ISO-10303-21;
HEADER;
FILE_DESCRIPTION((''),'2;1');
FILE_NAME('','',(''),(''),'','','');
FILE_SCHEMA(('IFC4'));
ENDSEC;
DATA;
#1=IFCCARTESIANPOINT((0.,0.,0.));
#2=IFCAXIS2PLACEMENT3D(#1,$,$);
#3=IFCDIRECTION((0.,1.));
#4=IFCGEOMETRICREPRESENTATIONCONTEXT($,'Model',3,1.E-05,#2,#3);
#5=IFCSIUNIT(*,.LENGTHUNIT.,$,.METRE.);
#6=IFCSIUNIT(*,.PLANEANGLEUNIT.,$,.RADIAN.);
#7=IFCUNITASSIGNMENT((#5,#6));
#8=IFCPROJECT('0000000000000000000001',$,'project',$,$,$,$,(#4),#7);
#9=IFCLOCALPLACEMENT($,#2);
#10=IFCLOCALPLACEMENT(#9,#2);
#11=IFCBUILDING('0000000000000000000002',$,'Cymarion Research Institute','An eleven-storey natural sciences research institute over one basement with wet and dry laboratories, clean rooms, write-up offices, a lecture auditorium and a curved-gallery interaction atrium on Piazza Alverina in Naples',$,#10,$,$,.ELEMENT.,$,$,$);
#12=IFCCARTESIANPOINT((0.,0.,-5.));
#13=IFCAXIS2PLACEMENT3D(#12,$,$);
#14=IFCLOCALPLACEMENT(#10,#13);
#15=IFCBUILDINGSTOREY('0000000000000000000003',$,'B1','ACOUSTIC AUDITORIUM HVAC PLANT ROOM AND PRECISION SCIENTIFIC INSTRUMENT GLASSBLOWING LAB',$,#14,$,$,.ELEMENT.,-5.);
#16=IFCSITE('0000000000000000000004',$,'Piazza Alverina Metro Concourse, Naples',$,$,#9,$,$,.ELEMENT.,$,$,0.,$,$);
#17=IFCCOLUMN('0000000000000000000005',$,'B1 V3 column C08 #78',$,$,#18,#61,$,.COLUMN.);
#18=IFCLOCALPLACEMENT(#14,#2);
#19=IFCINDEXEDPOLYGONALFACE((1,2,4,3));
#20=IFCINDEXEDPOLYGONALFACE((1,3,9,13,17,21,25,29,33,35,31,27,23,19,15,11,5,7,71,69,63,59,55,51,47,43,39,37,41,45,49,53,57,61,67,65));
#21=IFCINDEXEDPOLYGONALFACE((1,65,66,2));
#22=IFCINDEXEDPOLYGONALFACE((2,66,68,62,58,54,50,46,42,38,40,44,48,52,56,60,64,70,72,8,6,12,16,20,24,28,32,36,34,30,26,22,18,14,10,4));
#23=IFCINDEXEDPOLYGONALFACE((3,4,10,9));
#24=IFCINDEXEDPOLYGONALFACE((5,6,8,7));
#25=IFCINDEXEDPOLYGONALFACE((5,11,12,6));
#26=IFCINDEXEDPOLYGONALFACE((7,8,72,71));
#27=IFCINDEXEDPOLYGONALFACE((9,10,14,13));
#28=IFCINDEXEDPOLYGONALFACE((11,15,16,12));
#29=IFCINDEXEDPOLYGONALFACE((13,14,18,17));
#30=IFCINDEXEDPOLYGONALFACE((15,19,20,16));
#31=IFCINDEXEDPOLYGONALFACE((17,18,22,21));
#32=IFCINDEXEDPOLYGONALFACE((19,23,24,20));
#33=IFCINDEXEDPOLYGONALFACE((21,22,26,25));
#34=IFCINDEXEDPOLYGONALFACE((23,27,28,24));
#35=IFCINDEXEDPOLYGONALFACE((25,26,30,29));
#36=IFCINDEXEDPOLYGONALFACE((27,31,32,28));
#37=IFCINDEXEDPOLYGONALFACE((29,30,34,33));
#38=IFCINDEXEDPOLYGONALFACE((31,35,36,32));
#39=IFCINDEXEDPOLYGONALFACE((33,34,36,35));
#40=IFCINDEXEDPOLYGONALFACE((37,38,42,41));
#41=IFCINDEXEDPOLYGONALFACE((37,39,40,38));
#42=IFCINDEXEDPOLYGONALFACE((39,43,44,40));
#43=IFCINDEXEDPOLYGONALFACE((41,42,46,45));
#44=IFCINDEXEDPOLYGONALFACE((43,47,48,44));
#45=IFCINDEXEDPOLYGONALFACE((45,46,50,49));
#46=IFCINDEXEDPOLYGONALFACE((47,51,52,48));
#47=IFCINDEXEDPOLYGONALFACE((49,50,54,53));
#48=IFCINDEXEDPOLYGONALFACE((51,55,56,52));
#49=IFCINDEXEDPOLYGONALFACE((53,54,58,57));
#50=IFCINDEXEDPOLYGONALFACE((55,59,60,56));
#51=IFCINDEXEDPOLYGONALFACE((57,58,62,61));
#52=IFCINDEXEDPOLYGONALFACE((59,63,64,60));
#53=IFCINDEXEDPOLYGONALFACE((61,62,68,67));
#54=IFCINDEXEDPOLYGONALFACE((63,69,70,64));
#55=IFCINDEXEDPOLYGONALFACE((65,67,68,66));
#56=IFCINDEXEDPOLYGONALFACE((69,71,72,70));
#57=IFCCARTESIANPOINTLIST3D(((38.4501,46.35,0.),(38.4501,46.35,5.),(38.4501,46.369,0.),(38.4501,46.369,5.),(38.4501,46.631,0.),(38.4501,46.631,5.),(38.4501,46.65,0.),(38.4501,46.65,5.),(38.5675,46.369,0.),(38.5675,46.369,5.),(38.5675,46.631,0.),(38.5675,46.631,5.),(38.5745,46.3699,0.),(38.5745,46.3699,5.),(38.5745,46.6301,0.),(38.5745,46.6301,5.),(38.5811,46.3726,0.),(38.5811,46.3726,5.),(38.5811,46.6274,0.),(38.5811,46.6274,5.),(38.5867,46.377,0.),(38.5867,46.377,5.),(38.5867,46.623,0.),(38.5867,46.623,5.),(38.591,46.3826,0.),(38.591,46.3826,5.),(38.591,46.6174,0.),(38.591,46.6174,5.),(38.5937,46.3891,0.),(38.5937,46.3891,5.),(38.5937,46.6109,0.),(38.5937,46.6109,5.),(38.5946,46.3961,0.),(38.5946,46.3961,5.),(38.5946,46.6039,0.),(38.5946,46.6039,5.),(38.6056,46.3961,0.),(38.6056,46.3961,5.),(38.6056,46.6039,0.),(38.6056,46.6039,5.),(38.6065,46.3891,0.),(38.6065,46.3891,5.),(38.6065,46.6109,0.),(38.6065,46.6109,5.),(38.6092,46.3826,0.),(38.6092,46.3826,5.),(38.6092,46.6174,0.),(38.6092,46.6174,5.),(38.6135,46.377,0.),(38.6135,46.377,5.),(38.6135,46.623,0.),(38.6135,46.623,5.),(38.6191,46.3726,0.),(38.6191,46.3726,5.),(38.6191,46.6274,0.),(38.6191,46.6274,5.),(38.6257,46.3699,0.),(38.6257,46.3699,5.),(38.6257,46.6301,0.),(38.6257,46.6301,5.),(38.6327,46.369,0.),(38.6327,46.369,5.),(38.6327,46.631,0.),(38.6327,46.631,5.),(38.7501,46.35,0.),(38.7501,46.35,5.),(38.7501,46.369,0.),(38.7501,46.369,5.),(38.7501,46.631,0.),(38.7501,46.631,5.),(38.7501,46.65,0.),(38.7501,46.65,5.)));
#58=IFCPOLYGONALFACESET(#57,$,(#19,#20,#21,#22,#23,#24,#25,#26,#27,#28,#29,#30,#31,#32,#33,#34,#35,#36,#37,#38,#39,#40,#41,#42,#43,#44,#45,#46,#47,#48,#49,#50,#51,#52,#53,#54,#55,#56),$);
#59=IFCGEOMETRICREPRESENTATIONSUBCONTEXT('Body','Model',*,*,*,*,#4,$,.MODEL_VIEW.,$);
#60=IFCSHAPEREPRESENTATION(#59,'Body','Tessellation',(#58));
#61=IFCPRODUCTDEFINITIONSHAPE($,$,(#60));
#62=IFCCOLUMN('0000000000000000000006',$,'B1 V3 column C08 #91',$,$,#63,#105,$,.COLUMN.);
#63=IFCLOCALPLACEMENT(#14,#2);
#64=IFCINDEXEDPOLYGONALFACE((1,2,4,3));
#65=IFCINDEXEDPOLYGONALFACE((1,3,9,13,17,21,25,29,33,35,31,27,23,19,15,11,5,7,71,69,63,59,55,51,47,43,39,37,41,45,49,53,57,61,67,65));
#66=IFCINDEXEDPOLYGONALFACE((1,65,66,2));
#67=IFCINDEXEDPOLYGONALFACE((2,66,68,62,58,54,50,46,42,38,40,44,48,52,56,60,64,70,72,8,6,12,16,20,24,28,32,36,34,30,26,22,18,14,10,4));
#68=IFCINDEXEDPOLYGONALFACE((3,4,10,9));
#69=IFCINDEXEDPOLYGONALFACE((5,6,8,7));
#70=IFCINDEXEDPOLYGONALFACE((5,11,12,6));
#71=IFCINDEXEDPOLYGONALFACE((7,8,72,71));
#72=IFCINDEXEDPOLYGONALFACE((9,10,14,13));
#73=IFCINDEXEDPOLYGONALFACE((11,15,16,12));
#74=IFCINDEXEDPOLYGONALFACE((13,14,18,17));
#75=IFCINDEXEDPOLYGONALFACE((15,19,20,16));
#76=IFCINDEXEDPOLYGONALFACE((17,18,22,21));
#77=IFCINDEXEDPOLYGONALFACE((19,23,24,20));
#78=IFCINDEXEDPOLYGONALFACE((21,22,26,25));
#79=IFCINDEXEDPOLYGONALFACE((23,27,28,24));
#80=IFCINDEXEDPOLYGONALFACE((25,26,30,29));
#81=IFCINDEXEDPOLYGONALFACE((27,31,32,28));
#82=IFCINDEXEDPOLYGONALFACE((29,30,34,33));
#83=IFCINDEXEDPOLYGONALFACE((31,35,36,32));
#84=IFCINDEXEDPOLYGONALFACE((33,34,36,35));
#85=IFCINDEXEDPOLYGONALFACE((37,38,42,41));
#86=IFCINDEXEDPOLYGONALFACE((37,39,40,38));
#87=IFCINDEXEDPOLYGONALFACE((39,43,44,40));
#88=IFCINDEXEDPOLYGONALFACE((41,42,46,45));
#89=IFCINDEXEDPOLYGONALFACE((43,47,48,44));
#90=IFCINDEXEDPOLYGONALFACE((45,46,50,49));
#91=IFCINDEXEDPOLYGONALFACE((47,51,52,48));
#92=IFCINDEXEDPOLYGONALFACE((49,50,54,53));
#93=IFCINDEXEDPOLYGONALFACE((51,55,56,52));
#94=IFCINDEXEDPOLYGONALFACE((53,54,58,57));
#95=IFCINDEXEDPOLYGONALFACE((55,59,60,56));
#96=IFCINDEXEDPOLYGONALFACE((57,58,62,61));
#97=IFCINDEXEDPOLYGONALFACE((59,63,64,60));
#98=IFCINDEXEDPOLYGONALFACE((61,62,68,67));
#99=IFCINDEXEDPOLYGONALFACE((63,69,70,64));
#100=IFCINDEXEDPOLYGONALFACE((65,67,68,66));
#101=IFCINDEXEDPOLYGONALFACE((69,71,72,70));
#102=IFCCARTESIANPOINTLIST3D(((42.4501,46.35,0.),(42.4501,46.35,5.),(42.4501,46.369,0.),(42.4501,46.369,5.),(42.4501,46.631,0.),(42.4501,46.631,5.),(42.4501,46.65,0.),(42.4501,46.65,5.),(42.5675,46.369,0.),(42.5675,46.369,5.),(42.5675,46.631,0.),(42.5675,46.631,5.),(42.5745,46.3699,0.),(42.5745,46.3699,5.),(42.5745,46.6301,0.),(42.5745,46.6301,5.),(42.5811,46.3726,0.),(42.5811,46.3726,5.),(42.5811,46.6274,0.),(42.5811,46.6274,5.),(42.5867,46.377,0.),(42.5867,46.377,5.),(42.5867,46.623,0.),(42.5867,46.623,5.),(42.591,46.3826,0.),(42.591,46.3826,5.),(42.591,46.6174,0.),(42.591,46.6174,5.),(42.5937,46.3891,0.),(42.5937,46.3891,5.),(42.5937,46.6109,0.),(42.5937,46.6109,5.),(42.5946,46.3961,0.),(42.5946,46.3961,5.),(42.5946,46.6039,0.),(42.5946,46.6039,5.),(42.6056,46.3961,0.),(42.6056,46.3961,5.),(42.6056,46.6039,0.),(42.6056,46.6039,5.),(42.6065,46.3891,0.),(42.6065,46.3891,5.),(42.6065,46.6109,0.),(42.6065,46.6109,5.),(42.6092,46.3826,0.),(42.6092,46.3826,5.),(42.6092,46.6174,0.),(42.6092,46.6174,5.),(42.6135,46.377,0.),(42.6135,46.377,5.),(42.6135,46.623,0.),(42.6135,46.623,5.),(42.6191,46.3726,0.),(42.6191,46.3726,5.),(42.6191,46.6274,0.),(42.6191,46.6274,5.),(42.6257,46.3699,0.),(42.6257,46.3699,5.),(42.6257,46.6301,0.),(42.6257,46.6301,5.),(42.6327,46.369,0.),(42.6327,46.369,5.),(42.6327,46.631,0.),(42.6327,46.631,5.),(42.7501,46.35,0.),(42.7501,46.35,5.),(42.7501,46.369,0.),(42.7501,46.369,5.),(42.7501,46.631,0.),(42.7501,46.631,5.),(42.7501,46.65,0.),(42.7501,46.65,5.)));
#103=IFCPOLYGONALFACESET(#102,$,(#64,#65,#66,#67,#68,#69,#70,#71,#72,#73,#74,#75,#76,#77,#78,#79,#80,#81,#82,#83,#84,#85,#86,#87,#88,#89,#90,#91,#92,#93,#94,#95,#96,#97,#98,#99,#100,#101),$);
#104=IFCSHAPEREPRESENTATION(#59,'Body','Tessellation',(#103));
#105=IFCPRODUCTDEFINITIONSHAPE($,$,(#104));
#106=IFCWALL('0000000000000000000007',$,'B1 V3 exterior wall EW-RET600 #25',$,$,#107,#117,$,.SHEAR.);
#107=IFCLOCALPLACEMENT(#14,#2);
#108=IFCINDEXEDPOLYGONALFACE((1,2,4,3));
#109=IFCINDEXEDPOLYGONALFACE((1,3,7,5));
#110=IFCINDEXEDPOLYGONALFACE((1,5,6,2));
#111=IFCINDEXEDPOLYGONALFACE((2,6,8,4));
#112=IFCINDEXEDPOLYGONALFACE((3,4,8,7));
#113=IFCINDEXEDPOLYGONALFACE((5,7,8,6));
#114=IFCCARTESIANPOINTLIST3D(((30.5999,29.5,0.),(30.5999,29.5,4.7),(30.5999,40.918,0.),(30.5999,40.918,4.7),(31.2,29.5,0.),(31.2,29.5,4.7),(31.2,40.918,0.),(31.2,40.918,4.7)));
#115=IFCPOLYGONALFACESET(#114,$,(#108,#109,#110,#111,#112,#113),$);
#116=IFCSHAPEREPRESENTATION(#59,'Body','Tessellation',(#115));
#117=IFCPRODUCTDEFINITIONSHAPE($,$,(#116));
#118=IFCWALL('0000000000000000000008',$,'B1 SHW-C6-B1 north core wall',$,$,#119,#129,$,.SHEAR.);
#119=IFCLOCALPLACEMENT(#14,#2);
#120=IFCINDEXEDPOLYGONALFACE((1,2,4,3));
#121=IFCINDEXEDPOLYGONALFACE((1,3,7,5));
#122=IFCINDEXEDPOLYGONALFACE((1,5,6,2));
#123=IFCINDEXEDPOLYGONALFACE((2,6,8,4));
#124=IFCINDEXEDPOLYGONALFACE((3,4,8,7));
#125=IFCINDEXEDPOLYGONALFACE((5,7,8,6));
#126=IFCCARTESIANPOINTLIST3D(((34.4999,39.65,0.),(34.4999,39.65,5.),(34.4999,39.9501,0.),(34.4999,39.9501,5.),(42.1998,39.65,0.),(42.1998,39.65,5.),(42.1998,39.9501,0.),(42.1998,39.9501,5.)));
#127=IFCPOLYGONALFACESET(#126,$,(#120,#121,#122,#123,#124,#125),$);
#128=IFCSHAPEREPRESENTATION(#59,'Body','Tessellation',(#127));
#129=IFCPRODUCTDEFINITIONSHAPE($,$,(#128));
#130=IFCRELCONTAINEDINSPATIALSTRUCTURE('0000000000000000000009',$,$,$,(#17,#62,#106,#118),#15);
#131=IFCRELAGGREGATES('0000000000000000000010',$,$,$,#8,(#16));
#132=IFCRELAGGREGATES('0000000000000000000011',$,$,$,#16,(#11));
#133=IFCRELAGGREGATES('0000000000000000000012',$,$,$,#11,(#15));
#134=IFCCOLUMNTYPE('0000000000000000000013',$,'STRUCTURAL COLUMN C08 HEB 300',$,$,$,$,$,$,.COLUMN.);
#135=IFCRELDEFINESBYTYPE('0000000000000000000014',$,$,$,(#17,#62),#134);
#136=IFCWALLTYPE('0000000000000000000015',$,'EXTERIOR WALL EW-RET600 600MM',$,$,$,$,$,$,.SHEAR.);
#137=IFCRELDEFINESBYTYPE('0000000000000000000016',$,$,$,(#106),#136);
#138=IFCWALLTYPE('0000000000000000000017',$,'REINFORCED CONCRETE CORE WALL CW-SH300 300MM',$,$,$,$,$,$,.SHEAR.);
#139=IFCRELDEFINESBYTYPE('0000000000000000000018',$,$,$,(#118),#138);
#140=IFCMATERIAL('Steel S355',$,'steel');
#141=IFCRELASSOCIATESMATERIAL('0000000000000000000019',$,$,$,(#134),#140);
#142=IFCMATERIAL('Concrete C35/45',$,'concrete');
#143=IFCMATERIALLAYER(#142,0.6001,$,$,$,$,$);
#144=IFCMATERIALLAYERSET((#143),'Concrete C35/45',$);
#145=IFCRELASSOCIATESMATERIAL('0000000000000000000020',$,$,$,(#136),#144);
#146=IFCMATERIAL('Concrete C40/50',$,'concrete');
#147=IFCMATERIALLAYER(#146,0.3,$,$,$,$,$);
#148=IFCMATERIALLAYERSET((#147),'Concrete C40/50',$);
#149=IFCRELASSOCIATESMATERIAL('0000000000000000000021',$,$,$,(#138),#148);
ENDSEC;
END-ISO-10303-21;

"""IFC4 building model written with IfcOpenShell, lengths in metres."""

from ifc_helpers import new_model, si_unit, direction, frame, frame_2d, origin, origin_2d, place, context, subcontext, project, spatial, rectangle, i_section, extrude, material, layer, layer_set, material_profile, profile_set, type_object, element, save


model = new_model("IFC4")

# Units and contexts
model_context = context("Model", 3, precision=1e-05, world=origin(), true_north=direction((0.0, 1.0)))
body_context = subcontext(model_context, "Body", "Model", "MODEL_VIEW")
ifc_project = project(units=[si_unit("LENGTHUNIT", "METRE"), si_unit("PLANEANGLEUNIT", "RADIAN")], contexts=[model_context])

# Site, building, storey
site_placement = place(None, origin())
site = spatial("IfcSite", under=ifc_project, at=site_placement, Name="Piazza Alverina Metro Concourse, Naples", CompositionType="ELEMENT", RefElevation=0.0)
building_placement = place(site_placement, origin())
building = spatial("IfcBuilding", under=site, at=building_placement, Name="Cymarion Research Institute", Description="An eleven-storey natural sciences research institute over one basement with wet and dry laboratories, clean rooms, write-up offices, a lecture auditorium and a curved-gallery interaction atrium on Piazza Alverina in Naples", CompositionType="ELEMENT")
storey_placement = place(building_placement, frame((0.0, 0.0, -5.0)))
storey = spatial("IfcBuildingStorey", under=building, at=storey_placement, Name="B1", Description="ACOUSTIC AUDITORIUM HVAC PLANT ROOM AND PRECISION SCIENTIFIC INSTRUMENT GLASSBLOWING LAB", CompositionType="ELEMENT", Elevation=-5.0)

# Shared definitions
ifc_material_1 = material(Name="Concrete C35/45", Category="concrete")

# Columns
ifc_material_2 = material(Name="Steel S355", Category="steel")
ifc_material_profile_1 = material_profile(ifc_material_2, i_section(OverallWidth=0.3, OverallDepth=0.3, WebThickness=0.011, FlangeThickness=0.019, FilletRadius=0.0271, at=origin_2d()), Name="HEB 300")
ifc_profile_set_1 = profile_set([ifc_material_profile_1], Name="Steel S355")
column_type_1 = type_object("IfcColumnType", Name="STRUCTURAL COLUMN C08 HEB 300", PredefinedType="COLUMN", material=ifc_profile_set_1)
for number, where, z_axis, x_axis, name in (
    (1, (38.6001, 46.5, 0.0), (0.0, 0.0, 1.0), (1.0, 0.0, 0.0), "B1 V3 column C08 #78"),
    (2, (42.6001, 46.5, 0.0), (0.0, 0.0, 1.0), (1.0, 0.0, 0.0), "B1 V3 column C08 #91"),
):
    element("IfcColumn", number, at=place(storey_placement, frame(where, z_axis=z_axis, x_axis=x_axis)), inside=storey, type_object=column_type_1, Name=name, PredefinedType="COLUMN", context=body_context, shape_type="SweptSolid", body=[
        extrude(i_section(OverallWidth=0.3, OverallDepth=0.3, WebThickness=0.011, FlangeThickness=0.019, FilletRadius=0.0271, at=origin_2d()), origin(), (0.0, 0.0, 1.0), 5.0),
    ])

# Walls
ifc_layer_1 = layer(ifc_material_1, 0.6001)
ifc_layer_set_1 = layer_set([ifc_layer_1], Name="Concrete C35/45")
wall_type_1 = type_object("IfcWallType", Name="EXTERIOR WALL EW-RET600 600MM", PredefinedType="SHEAR", material=ifc_layer_set_1)
wall_1_placement = place(storey_placement, frame((30.8999, 40.918, 0.0), z_axis=(0.0, 0.0, 1.0), x_axis=(0.0, -1.0, 0.0)))
element("IfcWall", 3, at=wall_1_placement, inside=storey, type_object=wall_type_1, Name="B1 V3 exterior wall EW-RET600 #25", PredefinedType="SHEAR", context=body_context, shape_type="SweptSolid", body=[
    extrude(rectangle(XDim=11.418, YDim=0.6001, at=frame_2d((5.709, 0.0))), origin(), (0.0, 0.0, 1.0), 4.7),
])
ifc_material_3 = material(Name="Concrete C40/50", Category="concrete")
ifc_layer_2 = layer(ifc_material_3, 0.3)
ifc_layer_set_2 = layer_set([ifc_layer_2], Name="Concrete C40/50")
wall_type_2 = type_object("IfcWallType", Name="REINFORCED CONCRETE CORE WALL CW-SH300 300MM", PredefinedType="SHEAR", material=ifc_layer_set_2)
wall_2_placement = place(storey_placement, frame((42.2, 39.8, 0.0), z_axis=(0.0, 0.0, 1.0), x_axis=(-1.0, 0.0, 0.0)))
element("IfcWall", 4, at=wall_2_placement, inside=storey, type_object=wall_type_2, Name="B1 SHW-C6-B1 north core wall", PredefinedType="SHEAR", context=body_context, shape_type="SweptSolid", body=[
    extrude(rectangle(XDim=7.7, YDim=0.3, at=frame_2d((3.8501, 0.0))), origin(), (0.0, 0.0, 1.0), 5.0),
])

save(model, "model.ifc")
